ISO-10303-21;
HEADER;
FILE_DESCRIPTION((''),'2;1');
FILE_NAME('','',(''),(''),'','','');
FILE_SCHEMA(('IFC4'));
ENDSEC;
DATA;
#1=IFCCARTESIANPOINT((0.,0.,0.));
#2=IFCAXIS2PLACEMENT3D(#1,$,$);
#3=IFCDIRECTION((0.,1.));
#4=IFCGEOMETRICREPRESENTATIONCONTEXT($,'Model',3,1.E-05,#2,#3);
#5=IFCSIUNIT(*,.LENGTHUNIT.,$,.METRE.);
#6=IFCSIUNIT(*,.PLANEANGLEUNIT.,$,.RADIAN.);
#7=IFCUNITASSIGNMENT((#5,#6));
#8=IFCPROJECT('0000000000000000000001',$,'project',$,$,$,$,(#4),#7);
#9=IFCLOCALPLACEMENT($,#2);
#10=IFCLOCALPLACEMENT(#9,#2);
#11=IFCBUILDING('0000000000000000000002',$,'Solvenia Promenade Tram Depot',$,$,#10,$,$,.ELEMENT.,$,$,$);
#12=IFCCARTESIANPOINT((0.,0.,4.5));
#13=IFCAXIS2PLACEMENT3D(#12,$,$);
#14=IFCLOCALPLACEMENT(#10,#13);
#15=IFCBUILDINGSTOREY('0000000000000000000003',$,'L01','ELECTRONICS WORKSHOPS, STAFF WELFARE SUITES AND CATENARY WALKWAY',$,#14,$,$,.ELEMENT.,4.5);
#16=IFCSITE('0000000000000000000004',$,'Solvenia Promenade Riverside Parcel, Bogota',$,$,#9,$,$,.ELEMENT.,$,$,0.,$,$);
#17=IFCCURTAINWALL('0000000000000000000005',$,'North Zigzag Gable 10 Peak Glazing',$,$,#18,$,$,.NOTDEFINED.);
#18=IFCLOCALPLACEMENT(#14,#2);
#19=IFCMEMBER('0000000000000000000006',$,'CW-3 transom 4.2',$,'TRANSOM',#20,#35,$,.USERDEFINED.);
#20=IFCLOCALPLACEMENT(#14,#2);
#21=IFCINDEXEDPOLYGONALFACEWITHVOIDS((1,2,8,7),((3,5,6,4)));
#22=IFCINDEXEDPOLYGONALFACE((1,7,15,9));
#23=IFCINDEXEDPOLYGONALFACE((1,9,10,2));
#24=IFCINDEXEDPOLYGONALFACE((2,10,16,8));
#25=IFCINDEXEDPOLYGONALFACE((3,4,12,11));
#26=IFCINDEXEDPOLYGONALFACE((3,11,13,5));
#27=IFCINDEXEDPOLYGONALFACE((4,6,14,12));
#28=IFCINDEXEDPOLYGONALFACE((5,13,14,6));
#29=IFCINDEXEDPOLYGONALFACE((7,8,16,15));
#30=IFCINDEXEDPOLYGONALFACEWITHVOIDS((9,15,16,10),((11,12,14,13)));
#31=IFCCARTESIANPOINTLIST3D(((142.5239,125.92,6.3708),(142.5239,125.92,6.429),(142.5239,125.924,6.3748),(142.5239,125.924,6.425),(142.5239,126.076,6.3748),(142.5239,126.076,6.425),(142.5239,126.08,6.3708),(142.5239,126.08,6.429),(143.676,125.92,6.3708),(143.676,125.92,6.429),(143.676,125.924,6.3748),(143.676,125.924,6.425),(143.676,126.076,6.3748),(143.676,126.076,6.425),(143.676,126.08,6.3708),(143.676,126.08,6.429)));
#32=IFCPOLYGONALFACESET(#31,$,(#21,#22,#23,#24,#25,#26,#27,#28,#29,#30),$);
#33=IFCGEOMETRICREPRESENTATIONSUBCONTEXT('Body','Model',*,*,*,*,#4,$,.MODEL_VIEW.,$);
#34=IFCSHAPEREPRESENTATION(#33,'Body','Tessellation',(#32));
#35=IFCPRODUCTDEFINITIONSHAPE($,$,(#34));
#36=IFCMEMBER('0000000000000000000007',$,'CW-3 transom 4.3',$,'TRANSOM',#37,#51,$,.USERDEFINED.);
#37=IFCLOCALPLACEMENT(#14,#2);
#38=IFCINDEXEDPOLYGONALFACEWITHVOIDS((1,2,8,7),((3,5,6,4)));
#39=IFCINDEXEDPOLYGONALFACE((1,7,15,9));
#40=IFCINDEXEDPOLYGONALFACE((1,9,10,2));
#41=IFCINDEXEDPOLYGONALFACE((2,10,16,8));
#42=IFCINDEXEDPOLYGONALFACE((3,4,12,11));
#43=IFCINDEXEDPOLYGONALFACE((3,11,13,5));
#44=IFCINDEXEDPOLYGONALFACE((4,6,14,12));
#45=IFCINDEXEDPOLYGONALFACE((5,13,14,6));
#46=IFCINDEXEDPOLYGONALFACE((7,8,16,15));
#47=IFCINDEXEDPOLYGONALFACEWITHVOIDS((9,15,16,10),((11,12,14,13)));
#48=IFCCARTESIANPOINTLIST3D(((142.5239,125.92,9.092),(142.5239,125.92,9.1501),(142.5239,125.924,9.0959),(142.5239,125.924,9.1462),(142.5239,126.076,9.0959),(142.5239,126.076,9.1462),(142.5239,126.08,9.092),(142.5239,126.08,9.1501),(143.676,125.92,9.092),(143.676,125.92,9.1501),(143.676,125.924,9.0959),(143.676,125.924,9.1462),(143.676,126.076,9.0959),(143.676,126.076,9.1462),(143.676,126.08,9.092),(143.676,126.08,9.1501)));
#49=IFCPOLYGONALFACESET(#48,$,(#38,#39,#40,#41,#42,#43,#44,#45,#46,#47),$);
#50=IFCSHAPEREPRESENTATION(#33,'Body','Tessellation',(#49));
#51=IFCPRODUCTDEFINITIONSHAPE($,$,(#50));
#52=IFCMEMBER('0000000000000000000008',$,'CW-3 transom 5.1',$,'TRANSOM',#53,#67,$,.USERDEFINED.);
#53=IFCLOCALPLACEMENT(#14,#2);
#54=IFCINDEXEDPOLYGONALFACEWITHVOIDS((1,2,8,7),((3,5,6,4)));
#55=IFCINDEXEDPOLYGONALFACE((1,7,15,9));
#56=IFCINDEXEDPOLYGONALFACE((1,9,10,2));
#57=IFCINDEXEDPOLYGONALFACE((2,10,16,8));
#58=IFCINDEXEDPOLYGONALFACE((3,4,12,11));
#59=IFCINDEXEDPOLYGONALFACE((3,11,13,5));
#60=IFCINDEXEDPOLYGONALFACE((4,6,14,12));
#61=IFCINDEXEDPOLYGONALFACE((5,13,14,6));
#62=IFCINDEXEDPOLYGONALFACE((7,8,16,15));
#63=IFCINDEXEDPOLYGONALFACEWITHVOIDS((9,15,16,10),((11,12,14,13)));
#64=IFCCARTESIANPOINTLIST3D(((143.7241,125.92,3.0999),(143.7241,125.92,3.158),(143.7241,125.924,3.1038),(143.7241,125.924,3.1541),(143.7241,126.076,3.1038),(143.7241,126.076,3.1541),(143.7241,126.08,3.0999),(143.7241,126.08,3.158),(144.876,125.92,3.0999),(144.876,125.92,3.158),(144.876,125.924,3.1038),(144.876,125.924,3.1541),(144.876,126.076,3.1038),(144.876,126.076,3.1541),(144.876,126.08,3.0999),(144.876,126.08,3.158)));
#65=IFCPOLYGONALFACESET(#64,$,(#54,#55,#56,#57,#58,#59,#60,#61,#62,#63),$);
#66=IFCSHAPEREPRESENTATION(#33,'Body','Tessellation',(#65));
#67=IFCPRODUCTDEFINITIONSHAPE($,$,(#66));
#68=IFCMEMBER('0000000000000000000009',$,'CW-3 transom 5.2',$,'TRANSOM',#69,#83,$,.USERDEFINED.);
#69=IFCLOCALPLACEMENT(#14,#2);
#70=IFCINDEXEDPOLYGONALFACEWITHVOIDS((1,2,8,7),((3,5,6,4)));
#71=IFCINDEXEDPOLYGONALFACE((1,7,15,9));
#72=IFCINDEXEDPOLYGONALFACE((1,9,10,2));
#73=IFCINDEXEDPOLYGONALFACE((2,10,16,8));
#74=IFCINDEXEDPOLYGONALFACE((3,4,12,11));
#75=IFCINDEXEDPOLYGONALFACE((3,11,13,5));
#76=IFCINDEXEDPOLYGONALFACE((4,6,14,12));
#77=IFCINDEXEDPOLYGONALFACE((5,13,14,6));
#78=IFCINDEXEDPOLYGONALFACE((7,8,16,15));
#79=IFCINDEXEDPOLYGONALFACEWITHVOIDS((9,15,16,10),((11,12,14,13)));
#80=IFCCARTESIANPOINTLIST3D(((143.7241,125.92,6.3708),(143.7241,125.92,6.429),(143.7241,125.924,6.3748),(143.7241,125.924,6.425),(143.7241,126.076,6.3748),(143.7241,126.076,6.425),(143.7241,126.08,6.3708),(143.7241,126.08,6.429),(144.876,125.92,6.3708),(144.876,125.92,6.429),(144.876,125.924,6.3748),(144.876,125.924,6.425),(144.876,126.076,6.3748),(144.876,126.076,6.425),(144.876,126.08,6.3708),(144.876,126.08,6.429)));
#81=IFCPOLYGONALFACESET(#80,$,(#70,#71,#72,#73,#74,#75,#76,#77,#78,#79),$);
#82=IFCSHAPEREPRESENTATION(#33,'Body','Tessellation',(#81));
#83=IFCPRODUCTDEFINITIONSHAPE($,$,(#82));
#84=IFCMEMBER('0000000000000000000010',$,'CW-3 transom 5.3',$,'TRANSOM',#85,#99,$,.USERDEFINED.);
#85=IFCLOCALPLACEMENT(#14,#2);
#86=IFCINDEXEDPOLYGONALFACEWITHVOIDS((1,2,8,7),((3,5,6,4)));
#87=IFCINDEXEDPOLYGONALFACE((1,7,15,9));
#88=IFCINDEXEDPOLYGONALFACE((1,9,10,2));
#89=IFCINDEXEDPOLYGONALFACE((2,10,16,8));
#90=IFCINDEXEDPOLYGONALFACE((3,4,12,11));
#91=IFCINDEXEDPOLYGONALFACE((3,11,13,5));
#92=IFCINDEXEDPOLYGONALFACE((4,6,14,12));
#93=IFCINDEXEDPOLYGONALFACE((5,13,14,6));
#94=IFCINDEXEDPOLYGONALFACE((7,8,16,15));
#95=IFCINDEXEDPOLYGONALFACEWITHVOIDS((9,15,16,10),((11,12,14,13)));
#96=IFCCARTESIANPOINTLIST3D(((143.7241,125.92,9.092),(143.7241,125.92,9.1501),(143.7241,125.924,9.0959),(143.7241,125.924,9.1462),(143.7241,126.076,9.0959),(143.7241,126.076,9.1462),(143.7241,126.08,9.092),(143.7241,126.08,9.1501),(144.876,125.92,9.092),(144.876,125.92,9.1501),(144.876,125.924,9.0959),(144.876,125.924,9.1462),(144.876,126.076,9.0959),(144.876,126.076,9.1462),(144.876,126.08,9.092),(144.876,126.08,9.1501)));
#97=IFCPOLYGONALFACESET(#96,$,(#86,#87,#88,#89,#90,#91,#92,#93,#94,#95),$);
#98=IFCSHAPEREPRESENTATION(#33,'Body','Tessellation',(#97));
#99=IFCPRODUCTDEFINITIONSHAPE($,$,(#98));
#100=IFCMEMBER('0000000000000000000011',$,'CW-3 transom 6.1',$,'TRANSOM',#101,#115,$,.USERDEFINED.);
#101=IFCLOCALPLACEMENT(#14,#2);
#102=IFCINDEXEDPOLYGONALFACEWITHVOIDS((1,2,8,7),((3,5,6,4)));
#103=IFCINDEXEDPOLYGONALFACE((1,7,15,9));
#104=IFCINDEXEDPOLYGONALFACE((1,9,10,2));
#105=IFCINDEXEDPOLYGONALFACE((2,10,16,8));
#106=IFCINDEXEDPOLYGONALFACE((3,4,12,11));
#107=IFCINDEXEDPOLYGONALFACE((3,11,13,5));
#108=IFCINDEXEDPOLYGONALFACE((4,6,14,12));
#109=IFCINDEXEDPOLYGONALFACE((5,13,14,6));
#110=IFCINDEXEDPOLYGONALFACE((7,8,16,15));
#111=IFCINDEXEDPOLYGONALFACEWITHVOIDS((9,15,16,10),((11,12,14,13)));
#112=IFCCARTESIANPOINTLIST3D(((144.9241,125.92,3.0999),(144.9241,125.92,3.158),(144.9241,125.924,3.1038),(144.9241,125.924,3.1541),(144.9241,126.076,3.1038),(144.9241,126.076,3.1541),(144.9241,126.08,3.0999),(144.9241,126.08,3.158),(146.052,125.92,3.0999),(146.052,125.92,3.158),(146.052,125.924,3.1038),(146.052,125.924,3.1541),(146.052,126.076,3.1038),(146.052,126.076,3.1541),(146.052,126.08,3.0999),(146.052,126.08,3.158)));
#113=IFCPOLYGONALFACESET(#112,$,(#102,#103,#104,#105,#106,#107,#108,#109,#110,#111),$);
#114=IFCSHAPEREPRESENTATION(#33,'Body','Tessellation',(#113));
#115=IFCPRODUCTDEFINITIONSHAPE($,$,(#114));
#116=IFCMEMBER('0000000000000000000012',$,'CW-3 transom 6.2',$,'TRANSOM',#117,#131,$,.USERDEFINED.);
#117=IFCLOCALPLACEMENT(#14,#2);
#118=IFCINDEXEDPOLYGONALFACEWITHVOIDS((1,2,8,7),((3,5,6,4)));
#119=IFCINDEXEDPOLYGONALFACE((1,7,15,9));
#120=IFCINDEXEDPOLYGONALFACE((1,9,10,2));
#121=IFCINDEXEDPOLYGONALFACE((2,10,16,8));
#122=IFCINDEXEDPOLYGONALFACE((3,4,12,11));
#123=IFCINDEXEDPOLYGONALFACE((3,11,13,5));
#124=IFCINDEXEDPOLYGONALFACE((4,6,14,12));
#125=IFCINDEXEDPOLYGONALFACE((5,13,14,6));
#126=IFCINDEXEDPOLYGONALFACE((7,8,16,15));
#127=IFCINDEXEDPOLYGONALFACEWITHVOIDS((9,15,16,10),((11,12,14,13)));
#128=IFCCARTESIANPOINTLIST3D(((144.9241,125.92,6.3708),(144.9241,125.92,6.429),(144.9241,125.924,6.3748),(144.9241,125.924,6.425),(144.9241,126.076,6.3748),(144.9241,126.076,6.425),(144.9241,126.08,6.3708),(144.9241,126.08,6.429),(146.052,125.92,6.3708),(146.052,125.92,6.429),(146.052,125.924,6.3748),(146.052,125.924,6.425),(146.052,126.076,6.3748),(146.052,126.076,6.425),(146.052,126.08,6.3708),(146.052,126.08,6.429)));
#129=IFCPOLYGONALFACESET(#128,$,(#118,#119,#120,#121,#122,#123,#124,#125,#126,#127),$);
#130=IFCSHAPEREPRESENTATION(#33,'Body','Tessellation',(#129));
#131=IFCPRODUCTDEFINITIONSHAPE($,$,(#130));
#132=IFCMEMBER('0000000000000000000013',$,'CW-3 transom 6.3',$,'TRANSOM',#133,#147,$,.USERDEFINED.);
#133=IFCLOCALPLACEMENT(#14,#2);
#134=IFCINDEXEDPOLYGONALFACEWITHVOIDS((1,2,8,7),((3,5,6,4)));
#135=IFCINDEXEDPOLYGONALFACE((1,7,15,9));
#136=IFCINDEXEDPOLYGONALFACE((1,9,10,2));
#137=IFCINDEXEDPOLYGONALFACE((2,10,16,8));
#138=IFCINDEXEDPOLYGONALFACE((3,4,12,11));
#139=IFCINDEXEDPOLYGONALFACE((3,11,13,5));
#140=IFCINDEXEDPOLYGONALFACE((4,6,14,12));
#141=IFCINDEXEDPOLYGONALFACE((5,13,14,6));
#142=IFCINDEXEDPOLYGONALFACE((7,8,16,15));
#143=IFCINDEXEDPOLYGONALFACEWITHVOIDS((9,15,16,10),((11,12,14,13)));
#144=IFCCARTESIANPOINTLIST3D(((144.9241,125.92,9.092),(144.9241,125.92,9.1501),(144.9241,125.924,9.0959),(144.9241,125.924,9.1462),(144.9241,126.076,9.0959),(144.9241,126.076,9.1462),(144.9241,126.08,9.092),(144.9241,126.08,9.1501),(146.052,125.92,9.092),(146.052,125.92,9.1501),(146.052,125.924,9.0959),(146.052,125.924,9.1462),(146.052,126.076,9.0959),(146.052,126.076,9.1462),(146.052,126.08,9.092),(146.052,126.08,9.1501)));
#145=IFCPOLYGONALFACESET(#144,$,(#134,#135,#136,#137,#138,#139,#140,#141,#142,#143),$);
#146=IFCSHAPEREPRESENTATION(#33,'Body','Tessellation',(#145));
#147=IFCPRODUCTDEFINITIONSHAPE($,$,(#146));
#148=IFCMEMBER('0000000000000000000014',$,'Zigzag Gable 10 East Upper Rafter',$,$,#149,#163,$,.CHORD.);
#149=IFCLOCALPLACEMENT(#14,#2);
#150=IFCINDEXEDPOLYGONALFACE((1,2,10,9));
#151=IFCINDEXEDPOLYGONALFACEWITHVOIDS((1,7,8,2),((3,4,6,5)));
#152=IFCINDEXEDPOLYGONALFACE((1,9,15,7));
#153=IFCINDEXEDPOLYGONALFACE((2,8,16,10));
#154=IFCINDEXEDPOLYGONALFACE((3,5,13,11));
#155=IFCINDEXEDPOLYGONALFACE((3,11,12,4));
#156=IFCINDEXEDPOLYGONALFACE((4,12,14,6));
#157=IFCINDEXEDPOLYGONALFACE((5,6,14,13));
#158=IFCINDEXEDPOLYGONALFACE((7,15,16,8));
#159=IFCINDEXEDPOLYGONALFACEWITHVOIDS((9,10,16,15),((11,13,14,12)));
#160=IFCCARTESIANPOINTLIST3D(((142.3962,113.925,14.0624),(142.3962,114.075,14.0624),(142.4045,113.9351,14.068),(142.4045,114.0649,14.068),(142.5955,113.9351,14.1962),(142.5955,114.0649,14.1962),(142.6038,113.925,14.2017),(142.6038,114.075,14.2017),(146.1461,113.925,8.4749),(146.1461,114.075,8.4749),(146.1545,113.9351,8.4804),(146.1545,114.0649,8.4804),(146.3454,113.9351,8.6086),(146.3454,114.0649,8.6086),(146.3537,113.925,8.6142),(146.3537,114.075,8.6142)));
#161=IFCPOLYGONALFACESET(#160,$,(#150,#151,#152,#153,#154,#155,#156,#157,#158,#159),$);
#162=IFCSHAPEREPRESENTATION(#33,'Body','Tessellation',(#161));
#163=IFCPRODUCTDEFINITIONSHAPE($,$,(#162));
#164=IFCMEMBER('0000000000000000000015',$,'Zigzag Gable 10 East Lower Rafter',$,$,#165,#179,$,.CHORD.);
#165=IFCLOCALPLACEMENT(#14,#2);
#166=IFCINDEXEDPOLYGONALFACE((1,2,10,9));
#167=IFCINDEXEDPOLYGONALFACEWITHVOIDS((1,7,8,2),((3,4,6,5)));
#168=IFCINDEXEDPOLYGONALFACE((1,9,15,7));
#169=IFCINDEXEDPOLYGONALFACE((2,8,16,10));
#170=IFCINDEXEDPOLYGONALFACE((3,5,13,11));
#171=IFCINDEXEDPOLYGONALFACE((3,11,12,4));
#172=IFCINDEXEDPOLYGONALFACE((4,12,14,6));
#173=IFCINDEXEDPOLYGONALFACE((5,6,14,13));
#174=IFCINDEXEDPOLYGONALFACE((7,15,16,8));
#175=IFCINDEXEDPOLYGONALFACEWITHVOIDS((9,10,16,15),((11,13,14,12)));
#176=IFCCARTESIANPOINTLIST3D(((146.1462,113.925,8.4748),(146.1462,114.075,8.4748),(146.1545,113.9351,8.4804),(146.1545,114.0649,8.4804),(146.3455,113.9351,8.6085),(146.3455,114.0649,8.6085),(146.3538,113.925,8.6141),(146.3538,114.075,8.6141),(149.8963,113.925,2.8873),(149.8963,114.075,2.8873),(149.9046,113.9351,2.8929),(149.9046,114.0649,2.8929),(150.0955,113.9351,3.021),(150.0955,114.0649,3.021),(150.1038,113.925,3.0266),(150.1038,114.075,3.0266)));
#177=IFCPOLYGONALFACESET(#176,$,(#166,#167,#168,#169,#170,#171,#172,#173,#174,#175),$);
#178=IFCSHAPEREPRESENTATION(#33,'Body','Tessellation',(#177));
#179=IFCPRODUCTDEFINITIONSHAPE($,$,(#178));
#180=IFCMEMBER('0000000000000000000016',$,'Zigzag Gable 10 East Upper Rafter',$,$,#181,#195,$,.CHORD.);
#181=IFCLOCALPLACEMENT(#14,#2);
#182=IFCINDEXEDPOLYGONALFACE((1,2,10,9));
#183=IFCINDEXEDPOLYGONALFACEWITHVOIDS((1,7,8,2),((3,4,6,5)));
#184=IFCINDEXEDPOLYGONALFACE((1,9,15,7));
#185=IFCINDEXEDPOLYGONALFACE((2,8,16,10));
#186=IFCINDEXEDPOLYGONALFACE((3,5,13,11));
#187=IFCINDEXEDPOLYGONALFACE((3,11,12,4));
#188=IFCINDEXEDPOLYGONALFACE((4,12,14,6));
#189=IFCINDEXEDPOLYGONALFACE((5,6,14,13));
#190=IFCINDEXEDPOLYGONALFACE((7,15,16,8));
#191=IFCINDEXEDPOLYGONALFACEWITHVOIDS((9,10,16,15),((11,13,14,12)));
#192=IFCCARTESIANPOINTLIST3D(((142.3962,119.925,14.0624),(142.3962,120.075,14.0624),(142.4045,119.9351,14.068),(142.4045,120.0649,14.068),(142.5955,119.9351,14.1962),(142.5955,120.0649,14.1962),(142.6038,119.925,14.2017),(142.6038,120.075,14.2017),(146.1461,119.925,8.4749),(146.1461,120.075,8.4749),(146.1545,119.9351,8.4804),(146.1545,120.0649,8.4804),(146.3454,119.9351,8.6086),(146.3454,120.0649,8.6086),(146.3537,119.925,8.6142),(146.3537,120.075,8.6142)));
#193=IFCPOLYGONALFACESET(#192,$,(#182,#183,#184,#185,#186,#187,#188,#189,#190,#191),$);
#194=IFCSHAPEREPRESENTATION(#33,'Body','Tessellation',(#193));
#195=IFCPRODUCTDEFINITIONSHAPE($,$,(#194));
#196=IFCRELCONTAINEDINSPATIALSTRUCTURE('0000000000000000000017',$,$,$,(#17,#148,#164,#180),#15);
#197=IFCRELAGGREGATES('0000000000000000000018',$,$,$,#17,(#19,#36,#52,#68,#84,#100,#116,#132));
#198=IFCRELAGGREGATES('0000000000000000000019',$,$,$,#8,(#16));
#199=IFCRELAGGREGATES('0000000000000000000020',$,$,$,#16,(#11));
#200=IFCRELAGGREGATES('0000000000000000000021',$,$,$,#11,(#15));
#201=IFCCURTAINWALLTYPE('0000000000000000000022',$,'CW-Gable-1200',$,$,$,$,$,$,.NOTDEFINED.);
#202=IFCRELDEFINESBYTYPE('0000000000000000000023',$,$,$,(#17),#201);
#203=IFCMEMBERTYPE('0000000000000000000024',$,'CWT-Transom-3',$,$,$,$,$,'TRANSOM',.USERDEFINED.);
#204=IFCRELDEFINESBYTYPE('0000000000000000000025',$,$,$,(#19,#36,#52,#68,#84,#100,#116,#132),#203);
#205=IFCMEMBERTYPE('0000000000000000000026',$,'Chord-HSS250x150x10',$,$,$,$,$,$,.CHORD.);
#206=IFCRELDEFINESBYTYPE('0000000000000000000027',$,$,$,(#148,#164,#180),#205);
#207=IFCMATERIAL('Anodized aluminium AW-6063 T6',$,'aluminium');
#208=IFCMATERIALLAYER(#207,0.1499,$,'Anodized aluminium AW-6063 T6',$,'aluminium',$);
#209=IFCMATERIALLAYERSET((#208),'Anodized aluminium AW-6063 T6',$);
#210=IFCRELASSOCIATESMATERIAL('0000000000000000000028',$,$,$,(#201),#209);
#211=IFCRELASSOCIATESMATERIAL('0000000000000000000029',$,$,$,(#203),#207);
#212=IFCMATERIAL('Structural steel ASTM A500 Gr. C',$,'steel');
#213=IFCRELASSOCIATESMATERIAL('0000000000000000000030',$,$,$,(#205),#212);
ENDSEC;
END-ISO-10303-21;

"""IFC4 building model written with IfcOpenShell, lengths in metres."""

from ifc_helpers import new_model, si_unit, direction, frame, origin, origin_2d, place, context, subcontext, project, spatial, hollow_rectangle, extrude, material, layer, layer_set, material_profile, profile_set, type_object, element, aggregate, save


model = new_model("IFC4")

# Units and contexts
model_context = context("Model", 3, precision=1e-05, world=origin(), true_north=direction((0.0, 1.0)))
body_context = subcontext(model_context, "Body", "Model", "MODEL_VIEW")
ifc_project = project(units=[si_unit("LENGTHUNIT", "METRE"), si_unit("PLANEANGLEUNIT", "RADIAN")], contexts=[model_context])

# Site, building, storey
site_placement = place(None, origin())
site = spatial("IfcSite", under=ifc_project, at=site_placement, Name="Solvenia Promenade Riverside Parcel, Bogota", CompositionType="ELEMENT", RefElevation=0.0)
building_placement = place(site_placement, origin())
building = spatial("IfcBuilding", under=site, at=building_placement, Name="Solvenia Promenade Tram Depot", CompositionType="ELEMENT")
storey_placement = place(building_placement, frame((0.0, 0.0, 4.5)))
storey = spatial("IfcBuildingStorey", under=building, at=storey_placement, Name="L01", Description="ELECTRONICS WORKSHOPS, STAFF WELFARE SUITES AND CATENARY WALKWAY", CompositionType="ELEMENT", Elevation=4.5)

# Curtain wall, members
ifc_material_1 = material(Name="Anodized aluminium AW-6063 T6", Category="aluminium")
ifc_layer_1 = layer(ifc_material_1, 0.1499, Name="Anodized aluminium AW-6063 T6", Category="aluminium")
ifc_layer_set_1 = layer_set([ifc_layer_1], Name="Anodized aluminium AW-6063 T6")
curtain_wall_type = type_object("IfcCurtainWallType", Name="CW-Gable-1200", PredefinedType="NOTDEFINED", material=ifc_layer_set_1)
curtain_wall_placement = place(storey_placement, origin())
curtain_wall = element("IfcCurtainWall", 1, at=curtain_wall_placement, inside=storey, type_object=curtain_wall_type, Name="North Zigzag Gable 10 Peak Glazing", PredefinedType="NOTDEFINED")
ifc_material_profile_1 = material_profile(ifc_material_1, hollow_rectangle(XDim=0.1599, YDim=0.0581, WallThickness=0.0039, at=origin_2d()), Name="ALU-T3", Category="aluminium")
ifc_profile_set_1 = profile_set([ifc_material_profile_1], Name="Anodized aluminium AW-6063 T6")
member_type_1 = type_object("IfcMemberType", Name="CWT-Transom-3", ElementType="TRANSOM", PredefinedType="USERDEFINED", material=ifc_profile_set_1)
member_1_placement = place(storey_placement, frame((142.5239, 126.0, 6.3999), z_axis=(1.0, 0.0, 0.0), x_axis=(0.0, 1.0, 0.0)))
member_1 = element("IfcMember", 2, at=member_1_placement, type_object=member_type_1, Name="CW-3 transom 4.2", ObjectType="TRANSOM", PredefinedType="USERDEFINED", context=body_context, shape_type="SweptSolid", body=[
    extrude(hollow_rectangle(XDim=0.1599, YDim=0.0581, WallThickness=0.0039, at=origin_2d()), origin(), (0.0, 0.0, 1.0), 1.1521),
])
member_2_placement = place(storey_placement, frame((142.5239, 126.0, 9.1211), z_axis=(1.0, 0.0, 0.0), x_axis=(0.0, 1.0, 0.0)))
member_2 = element("IfcMember", 3, at=member_2_placement, type_object=member_type_1, Name="CW-3 transom 4.3", ObjectType="TRANSOM", PredefinedType="USERDEFINED", context=body_context, shape_type="SweptSolid", body=[
    extrude(hollow_rectangle(XDim=0.1599, YDim=0.0581, WallThickness=0.0039, at=origin_2d()), origin(), (0.0, 0.0, 1.0), 1.1521),
])
member_3_placement = place(storey_placement, frame((143.7241, 126.0, 3.1289), z_axis=(1.0, 0.0, 0.0), x_axis=(0.0, 1.0, 0.0)))
member_3 = element("IfcMember", 4, at=member_3_placement, type_object=member_type_1, Name="CW-3 transom 5.1", ObjectType="TRANSOM", PredefinedType="USERDEFINED", context=body_context, shape_type="SweptSolid", body=[
    extrude(hollow_rectangle(XDim=0.1599, YDim=0.0581, WallThickness=0.0039, at=origin_2d()), origin(), (0.0, 0.0, 1.0), 1.1519),
])
member_4_placement = place(storey_placement, frame((143.7241, 126.0, 6.3999), z_axis=(1.0, 0.0, 0.0), x_axis=(0.0, 1.0, 0.0)))
member_4 = element("IfcMember", 5, at=member_4_placement, type_object=member_type_1, Name="CW-3 transom 5.2", ObjectType="TRANSOM", PredefinedType="USERDEFINED", context=body_context, shape_type="SweptSolid", body=[
    extrude(hollow_rectangle(XDim=0.1599, YDim=0.0581, WallThickness=0.0039, at=origin_2d()), origin(), (0.0, 0.0, 1.0), 1.1519),
])
member_5_placement = place(storey_placement, frame((143.7241, 126.0, 9.1211), z_axis=(1.0, 0.0, 0.0), x_axis=(0.0, 1.0, 0.0)))
member_5 = element("IfcMember", 6, at=member_5_placement, type_object=member_type_1, Name="CW-3 transom 5.3", ObjectType="TRANSOM", PredefinedType="USERDEFINED", context=body_context, shape_type="SweptSolid", body=[
    extrude(hollow_rectangle(XDim=0.1599, YDim=0.0581, WallThickness=0.0039, at=origin_2d()), origin(), (0.0, 0.0, 1.0), 1.1519),
])
member_6_placement = place(storey_placement, frame((144.9241, 126.0, 3.1289), z_axis=(1.0, 0.0, 0.0), x_axis=(0.0, 1.0, 0.0)))
member_6 = element("IfcMember", 7, at=member_6_placement, type_object=member_type_1, Name="CW-3 transom 6.1", ObjectType="TRANSOM", PredefinedType="USERDEFINED", context=body_context, shape_type="SweptSolid", body=[
    extrude(hollow_rectangle(XDim=0.1599, YDim=0.0581, WallThickness=0.0039, at=origin_2d()), origin(), (0.0, 0.0, 1.0), 1.1279),
])
member_7_placement = place(storey_placement, frame((144.9241, 126.0, 6.3999), z_axis=(1.0, 0.0, 0.0), x_axis=(0.0, 1.0, 0.0)))
member_7 = element("IfcMember", 8, at=member_7_placement, type_object=member_type_1, Name="CW-3 transom 6.2", ObjectType="TRANSOM", PredefinedType="USERDEFINED", context=body_context, shape_type="SweptSolid", body=[
    extrude(hollow_rectangle(XDim=0.1599, YDim=0.0581, WallThickness=0.0039, at=origin_2d()), origin(), (0.0, 0.0, 1.0), 1.1279),
])
member_8_placement = place(storey_placement, frame((144.9241, 126.0, 9.1211), z_axis=(1.0, 0.0, 0.0), x_axis=(0.0, 1.0, 0.0)))
member_8 = element("IfcMember", 9, at=member_8_placement, type_object=member_type_1, Name="CW-3 transom 6.3", ObjectType="TRANSOM", PredefinedType="USERDEFINED", context=body_context, shape_type="SweptSolid", body=[
    extrude(hollow_rectangle(XDim=0.1599, YDim=0.0581, WallThickness=0.0039, at=origin_2d()), origin(), (0.0, 0.0, 1.0), 1.1279),
])

# Members
ifc_material_2 = material(Name="Structural steel ASTM A500 Gr. C", Category="steel")
ifc_material_profile_2 = material_profile(ifc_material_2, hollow_rectangle(XDim=0.1499, YDim=0.25, WallThickness=0.01, at=origin_2d()), Name="HSS250x150x10", Category="steel")
ifc_profile_set_2 = profile_set([ifc_material_profile_2], Name="Structural steel ASTM A500 Gr. C")
member_type_2 = type_object("IfcMemberType", Name="Chord-HSS250x150x10", PredefinedType="CHORD", material=ifc_profile_set_2)
for number, where, z_axis, x_axis, name in (
    (10, (142.5, 114.0, 14.1321), (0.557259, 0.0, -0.830338), (0.0, 1.0, 0.0), "Zigzag Gable 10 East Upper Rafter"),
    (11, (146.25, 114.0, 8.5444), (0.557276, 0.0, -0.830327), (0.0, 1.0, 0.0), "Zigzag Gable 10 East Lower Rafter"),
    (12, (142.5, 120.0, 14.1321), (0.557259, 0.0, -0.830338), (0.0, 1.0, 0.0), "Zigzag Gable 10 East Upper Rafter"),
):
    element("IfcMember", number, at=place(storey_placement, frame(where, z_axis=z_axis, x_axis=x_axis)), inside=storey, type_object=member_type_2, Name=name, PredefinedType="CHORD", context=body_context, shape_type="SweptSolid", body=[
        extrude(hollow_rectangle(XDim=0.1499, YDim=0.25, WallThickness=0.01, at=origin_2d()), origin(), (0.0, 0.0, 1.0), 6.7292),
    ])

aggregate(curtain_wall, [member_1, member_2, member_3, member_4, member_5, member_6, member_7, member_8])

save(model, "model.ifc")
